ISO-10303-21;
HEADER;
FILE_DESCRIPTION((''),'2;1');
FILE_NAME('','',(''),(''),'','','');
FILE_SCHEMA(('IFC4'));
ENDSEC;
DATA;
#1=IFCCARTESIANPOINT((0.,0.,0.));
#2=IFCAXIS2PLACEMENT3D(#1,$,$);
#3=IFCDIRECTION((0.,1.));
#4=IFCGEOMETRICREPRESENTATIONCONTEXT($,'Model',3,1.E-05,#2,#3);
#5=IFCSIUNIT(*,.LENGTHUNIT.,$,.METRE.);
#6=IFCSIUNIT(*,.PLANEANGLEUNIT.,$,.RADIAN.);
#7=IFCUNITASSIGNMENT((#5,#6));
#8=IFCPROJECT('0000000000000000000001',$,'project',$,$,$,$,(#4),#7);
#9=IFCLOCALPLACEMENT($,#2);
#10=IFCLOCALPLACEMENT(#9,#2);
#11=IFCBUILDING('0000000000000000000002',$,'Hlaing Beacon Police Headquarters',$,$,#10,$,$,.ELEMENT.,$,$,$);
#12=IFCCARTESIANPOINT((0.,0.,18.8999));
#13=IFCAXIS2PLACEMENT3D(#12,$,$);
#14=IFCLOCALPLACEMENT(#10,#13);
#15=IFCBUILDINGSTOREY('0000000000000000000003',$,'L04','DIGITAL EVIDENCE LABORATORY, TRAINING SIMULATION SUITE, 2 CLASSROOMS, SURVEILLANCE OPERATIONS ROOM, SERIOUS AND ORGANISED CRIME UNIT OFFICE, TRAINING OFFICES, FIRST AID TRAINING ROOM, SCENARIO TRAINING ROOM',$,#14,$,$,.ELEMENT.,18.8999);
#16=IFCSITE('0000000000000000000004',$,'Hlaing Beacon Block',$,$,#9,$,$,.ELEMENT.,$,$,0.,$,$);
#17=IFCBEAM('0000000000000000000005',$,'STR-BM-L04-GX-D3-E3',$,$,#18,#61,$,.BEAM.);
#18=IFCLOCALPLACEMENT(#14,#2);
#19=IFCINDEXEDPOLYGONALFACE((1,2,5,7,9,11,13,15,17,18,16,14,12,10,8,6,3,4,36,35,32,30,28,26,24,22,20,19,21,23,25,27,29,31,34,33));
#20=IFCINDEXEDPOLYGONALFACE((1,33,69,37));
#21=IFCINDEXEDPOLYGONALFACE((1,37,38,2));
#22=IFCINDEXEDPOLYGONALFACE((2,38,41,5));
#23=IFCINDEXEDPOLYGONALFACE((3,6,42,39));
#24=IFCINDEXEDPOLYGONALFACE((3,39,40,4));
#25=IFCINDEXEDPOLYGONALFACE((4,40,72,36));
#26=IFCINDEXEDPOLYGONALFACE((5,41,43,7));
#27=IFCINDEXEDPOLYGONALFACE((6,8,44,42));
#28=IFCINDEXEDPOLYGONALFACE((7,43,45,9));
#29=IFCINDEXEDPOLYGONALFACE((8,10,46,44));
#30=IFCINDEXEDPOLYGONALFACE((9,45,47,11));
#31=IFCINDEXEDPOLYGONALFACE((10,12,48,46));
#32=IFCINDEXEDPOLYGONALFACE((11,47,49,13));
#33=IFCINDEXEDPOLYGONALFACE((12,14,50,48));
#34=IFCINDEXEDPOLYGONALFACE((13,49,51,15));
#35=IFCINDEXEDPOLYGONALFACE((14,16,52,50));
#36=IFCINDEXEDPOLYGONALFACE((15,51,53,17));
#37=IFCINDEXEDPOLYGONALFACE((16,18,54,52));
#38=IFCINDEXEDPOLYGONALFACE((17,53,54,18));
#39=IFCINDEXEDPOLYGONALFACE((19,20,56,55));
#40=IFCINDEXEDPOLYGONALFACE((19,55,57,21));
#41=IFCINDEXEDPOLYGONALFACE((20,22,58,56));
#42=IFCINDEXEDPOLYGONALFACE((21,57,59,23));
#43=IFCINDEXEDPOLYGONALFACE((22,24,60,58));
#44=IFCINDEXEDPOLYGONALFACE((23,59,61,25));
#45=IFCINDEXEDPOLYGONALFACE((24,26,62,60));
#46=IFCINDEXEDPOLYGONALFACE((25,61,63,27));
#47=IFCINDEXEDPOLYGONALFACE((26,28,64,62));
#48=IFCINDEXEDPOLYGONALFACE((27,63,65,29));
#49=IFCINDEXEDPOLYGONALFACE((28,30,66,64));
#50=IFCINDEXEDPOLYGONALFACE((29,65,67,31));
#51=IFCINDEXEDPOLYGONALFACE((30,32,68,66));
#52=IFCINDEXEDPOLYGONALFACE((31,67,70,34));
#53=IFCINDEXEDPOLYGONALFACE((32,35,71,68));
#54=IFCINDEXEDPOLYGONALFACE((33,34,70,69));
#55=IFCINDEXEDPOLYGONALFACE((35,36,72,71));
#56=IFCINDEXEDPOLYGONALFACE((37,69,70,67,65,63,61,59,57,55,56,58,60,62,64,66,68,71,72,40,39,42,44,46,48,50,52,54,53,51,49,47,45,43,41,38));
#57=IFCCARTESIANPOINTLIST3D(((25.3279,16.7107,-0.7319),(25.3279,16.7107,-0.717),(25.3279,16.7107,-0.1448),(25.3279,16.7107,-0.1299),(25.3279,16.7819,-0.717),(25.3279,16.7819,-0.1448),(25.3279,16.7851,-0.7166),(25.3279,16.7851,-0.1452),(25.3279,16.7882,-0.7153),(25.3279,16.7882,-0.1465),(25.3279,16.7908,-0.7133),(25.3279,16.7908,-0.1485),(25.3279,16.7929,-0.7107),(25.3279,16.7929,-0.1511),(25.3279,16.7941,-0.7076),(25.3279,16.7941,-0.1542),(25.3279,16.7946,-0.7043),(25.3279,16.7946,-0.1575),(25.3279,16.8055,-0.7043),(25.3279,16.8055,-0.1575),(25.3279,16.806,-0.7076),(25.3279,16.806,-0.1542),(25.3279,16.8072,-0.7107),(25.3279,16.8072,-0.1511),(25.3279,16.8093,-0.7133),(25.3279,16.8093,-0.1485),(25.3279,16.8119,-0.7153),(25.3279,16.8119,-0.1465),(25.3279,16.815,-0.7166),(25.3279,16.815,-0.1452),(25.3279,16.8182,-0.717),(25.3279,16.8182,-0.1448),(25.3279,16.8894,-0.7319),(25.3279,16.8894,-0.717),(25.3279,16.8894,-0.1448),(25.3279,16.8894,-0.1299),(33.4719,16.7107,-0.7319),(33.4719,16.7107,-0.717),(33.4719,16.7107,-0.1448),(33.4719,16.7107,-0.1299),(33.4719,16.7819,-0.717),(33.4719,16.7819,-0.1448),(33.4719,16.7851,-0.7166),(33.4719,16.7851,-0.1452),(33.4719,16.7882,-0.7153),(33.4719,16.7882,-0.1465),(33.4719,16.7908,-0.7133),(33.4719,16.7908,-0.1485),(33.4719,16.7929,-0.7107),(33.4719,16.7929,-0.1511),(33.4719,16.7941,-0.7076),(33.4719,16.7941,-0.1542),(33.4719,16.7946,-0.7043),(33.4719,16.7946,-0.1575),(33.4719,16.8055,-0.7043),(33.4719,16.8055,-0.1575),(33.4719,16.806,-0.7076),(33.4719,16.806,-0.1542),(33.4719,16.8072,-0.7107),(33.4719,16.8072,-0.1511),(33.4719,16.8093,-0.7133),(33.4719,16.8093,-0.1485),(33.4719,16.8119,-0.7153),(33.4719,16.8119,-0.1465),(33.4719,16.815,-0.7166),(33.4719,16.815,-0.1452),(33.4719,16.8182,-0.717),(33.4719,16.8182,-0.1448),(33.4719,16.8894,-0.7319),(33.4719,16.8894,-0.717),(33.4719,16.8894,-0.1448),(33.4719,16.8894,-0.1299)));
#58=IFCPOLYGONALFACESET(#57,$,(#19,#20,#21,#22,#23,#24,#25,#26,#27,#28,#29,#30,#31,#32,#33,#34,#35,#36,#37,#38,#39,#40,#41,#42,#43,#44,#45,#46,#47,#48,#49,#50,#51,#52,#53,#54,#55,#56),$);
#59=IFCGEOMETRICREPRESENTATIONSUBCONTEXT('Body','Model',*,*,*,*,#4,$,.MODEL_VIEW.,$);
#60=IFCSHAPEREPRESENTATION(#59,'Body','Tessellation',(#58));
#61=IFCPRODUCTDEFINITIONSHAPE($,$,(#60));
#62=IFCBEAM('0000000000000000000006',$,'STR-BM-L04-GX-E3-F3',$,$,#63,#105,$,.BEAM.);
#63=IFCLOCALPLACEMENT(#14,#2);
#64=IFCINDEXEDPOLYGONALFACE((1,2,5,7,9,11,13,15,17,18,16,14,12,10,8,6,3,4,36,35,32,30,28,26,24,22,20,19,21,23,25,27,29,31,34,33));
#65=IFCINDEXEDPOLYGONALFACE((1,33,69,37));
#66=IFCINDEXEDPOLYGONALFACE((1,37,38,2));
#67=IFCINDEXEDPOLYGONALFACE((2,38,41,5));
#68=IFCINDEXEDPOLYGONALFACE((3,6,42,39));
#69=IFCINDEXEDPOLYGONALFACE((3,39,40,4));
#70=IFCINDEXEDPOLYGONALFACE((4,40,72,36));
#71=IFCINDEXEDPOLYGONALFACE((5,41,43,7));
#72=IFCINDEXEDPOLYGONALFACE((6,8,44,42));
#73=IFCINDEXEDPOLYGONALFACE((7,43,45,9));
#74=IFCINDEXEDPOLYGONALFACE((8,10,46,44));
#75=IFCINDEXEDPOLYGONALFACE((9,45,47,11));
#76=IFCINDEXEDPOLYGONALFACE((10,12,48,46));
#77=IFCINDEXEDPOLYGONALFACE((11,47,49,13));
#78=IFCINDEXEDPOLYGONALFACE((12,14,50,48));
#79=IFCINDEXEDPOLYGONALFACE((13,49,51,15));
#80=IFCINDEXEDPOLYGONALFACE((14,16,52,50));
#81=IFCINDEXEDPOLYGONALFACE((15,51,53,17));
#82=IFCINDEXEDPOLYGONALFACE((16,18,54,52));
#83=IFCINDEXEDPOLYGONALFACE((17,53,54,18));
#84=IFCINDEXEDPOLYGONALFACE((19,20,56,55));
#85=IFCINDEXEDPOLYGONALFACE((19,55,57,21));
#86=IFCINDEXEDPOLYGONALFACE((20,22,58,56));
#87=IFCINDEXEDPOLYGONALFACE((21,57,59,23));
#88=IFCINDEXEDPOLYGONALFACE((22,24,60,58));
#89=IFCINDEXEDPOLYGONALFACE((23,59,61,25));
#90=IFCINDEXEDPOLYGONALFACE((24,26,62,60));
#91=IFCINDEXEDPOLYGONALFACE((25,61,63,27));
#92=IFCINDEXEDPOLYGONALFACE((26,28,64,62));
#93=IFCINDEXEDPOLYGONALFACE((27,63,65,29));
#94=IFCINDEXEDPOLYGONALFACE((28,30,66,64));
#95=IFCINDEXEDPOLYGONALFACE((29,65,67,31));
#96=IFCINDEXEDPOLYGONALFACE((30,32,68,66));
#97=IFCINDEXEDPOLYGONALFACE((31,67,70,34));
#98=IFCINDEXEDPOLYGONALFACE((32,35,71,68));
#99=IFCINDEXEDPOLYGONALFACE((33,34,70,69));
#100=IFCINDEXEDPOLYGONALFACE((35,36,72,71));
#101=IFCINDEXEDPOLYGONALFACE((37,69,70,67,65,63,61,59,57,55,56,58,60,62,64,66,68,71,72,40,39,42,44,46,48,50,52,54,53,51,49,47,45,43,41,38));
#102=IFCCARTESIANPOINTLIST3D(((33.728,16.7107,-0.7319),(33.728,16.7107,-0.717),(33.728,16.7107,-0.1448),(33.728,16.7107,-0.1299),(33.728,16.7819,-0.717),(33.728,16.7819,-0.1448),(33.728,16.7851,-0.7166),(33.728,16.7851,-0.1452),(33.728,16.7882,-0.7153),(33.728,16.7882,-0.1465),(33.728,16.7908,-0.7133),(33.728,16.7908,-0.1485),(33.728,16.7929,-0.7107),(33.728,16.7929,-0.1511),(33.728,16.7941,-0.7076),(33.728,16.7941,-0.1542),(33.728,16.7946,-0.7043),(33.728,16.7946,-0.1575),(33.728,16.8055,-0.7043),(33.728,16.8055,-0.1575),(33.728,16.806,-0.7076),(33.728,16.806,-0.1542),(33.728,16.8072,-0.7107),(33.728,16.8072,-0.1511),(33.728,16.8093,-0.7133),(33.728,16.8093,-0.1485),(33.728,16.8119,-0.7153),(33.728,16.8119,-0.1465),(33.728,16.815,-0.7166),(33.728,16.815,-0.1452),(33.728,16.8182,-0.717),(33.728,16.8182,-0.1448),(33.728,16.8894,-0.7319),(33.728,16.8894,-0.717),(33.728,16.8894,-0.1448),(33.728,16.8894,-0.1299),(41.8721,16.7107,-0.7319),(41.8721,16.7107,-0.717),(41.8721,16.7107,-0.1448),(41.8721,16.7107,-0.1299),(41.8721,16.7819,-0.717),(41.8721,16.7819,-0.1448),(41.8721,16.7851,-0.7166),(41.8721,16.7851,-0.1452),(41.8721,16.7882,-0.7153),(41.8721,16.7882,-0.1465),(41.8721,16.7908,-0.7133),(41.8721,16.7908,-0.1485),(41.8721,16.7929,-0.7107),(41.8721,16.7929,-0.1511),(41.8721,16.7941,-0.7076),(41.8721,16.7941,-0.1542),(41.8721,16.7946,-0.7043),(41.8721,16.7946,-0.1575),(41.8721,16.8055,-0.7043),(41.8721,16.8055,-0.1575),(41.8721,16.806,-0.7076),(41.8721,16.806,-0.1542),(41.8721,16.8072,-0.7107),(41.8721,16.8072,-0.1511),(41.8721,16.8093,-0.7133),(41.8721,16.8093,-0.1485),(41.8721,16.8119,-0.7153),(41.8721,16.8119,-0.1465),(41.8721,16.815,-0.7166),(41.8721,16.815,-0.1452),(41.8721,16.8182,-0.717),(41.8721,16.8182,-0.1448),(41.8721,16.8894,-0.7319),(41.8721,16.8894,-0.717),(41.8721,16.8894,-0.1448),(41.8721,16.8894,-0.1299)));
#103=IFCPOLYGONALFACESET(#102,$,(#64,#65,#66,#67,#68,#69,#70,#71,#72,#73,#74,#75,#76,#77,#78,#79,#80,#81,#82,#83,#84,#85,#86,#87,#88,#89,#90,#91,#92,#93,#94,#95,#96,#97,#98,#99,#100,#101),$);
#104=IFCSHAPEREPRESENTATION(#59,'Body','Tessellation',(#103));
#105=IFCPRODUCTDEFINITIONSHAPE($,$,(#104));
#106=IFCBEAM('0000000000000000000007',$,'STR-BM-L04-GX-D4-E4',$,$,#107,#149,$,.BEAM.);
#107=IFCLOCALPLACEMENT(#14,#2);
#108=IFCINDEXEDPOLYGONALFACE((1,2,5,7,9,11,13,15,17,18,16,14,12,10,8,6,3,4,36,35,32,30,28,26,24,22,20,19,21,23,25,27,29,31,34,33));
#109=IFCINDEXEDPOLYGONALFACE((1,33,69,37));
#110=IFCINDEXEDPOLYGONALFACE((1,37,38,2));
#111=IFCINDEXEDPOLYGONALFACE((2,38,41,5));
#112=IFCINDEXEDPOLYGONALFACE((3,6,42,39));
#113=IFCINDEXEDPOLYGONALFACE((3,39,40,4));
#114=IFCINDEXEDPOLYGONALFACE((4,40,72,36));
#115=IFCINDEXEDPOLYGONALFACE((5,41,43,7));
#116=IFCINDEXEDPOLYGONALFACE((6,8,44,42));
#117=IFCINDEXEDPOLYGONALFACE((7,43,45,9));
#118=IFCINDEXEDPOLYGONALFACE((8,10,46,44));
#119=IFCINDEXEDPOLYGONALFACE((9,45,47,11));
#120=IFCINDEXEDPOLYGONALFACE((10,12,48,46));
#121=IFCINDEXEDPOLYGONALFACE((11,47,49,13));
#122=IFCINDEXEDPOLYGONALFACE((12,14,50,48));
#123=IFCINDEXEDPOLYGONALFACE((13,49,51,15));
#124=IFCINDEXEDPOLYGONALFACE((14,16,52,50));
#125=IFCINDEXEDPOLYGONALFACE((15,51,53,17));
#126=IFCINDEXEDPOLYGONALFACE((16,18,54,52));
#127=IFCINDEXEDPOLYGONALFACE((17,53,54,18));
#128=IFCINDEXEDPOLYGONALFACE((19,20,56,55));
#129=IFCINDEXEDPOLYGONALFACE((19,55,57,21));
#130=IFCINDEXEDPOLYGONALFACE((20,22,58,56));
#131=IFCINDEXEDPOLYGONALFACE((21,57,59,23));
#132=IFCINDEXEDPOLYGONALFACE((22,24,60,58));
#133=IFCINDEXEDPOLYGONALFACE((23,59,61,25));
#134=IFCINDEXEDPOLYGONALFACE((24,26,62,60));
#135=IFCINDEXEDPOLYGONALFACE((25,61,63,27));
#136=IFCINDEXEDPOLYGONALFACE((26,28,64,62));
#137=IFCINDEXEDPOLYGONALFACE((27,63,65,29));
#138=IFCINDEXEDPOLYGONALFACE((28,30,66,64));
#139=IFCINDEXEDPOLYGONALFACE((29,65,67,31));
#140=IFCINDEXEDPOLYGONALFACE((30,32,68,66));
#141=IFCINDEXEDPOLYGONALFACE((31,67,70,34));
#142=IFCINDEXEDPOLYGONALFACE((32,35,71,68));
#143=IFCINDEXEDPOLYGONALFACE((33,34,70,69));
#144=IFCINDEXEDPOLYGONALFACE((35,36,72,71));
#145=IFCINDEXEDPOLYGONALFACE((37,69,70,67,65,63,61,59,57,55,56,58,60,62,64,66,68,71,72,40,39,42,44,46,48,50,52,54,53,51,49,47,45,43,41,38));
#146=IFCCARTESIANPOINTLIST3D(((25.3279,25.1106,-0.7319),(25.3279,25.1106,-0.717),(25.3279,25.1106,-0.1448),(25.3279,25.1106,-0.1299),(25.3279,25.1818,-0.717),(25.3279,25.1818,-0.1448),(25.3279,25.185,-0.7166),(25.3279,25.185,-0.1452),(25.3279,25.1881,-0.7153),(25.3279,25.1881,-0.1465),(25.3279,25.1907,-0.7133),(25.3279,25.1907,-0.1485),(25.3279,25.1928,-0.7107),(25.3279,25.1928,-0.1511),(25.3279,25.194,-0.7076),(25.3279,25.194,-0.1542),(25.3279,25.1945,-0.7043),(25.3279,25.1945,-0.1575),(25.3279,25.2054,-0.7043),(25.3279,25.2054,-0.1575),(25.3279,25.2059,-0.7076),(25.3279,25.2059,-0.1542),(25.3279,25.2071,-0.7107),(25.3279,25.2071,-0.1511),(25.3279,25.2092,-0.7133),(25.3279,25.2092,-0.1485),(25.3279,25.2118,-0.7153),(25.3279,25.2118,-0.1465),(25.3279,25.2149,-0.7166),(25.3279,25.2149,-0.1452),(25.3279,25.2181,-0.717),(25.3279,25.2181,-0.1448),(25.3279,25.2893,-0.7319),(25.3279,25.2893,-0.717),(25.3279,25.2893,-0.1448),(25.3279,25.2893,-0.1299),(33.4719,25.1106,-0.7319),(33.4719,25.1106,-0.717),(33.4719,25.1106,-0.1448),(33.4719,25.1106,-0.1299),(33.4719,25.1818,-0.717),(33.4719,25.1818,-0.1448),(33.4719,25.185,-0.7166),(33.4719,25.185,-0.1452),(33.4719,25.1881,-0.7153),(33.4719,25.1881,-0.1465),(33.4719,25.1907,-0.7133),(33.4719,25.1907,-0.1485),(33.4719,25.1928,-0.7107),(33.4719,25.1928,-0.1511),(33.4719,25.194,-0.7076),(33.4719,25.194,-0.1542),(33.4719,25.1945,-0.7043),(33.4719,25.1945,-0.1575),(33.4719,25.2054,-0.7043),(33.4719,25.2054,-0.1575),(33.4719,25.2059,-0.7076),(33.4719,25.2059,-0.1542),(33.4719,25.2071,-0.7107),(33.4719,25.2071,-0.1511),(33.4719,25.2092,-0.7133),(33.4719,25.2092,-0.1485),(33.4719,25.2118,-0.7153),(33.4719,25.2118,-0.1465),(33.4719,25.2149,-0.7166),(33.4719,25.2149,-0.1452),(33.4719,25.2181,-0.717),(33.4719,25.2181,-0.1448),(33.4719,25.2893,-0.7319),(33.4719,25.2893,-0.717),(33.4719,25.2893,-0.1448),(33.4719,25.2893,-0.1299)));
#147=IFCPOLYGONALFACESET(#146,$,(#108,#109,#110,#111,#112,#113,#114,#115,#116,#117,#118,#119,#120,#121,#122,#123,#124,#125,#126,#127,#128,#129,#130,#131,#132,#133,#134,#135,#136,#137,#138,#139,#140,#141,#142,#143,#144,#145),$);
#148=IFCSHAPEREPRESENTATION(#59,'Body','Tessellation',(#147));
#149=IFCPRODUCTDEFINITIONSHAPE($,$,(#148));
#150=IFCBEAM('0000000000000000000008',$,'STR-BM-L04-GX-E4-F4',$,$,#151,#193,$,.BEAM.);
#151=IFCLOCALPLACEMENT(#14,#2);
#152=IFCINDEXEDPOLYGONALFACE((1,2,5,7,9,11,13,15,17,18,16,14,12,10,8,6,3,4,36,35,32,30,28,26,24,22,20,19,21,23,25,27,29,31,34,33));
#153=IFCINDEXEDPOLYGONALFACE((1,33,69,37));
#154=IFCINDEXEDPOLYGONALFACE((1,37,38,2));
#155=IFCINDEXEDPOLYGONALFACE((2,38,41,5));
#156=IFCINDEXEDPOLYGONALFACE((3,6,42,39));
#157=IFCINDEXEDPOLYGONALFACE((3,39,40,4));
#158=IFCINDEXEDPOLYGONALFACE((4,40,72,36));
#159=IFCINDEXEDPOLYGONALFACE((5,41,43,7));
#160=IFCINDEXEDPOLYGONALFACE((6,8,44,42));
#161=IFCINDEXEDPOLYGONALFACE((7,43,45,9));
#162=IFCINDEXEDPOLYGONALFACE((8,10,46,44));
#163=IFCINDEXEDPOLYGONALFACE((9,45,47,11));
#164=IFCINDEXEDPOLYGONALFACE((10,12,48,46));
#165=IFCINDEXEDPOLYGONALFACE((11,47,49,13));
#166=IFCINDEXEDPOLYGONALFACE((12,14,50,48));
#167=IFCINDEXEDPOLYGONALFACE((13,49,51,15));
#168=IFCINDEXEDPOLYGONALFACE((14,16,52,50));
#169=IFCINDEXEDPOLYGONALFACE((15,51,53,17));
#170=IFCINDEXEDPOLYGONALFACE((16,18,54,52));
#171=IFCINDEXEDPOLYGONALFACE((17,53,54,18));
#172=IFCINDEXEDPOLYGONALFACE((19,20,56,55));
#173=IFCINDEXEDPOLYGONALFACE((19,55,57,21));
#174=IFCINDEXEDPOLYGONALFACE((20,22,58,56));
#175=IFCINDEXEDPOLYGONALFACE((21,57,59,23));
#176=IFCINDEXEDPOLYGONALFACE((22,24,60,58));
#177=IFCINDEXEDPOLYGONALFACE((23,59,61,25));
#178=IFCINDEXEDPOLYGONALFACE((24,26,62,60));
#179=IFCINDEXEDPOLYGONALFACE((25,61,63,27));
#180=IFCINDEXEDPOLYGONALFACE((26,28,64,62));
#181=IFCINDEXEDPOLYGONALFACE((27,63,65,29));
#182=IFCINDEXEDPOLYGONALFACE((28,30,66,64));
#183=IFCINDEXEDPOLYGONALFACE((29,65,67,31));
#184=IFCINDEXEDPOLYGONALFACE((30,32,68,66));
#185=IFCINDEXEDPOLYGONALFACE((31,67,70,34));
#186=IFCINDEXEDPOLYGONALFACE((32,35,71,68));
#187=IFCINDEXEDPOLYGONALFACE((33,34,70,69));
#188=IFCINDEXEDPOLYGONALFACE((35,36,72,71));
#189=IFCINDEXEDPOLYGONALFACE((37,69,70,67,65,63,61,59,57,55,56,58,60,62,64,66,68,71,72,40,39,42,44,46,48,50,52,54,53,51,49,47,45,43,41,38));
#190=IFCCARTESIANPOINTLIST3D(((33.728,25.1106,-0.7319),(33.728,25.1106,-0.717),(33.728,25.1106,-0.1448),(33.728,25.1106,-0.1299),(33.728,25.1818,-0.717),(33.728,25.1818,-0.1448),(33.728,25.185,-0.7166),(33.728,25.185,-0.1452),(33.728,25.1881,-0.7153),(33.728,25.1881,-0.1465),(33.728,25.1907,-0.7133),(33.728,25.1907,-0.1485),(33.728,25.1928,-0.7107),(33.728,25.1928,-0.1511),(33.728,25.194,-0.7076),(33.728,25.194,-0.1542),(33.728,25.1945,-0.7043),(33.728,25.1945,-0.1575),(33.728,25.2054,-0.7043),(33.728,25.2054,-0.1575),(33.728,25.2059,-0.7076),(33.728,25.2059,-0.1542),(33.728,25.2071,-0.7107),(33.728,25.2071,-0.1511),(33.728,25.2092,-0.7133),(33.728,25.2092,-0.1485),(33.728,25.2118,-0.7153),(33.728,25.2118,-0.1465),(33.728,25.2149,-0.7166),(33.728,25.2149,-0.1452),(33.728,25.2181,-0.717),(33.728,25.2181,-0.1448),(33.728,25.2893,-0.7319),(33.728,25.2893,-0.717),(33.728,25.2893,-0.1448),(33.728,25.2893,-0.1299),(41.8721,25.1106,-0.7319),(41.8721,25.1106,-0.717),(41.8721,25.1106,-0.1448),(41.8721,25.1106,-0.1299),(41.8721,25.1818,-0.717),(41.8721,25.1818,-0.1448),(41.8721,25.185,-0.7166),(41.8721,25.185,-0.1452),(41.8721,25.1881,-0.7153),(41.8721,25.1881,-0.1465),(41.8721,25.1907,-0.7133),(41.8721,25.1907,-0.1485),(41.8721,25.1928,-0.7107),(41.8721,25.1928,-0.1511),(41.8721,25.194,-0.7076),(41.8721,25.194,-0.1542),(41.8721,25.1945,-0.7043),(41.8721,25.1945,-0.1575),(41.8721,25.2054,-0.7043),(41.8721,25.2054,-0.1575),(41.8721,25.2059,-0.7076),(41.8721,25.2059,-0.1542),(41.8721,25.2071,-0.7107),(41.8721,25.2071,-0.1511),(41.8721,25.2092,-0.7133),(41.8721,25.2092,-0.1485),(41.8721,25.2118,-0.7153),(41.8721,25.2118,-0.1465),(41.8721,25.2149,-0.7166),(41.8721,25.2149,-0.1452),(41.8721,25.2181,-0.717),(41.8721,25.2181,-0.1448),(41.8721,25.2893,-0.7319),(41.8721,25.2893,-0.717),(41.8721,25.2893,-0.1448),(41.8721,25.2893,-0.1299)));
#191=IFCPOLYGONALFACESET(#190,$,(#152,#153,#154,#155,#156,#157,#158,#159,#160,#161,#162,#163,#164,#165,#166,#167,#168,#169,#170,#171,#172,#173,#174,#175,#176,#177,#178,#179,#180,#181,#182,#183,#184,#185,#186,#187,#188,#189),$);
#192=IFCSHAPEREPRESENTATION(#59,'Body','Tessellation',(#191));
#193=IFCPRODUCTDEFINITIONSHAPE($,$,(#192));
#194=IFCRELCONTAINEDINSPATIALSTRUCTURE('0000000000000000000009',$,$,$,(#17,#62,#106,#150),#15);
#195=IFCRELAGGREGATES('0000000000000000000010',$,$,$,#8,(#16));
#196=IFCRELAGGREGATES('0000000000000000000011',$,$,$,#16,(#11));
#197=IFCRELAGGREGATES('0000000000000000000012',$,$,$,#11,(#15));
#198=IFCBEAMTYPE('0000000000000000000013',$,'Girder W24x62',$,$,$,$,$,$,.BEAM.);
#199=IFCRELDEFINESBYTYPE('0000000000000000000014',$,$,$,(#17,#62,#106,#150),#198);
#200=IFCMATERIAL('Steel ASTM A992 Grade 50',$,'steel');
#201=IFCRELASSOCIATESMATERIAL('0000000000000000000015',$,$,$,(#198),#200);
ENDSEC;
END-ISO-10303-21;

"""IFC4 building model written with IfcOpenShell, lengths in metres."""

from ifc_helpers import new_model, si_unit, direction, frame, origin, origin_2d, place, context, subcontext, project, spatial, i_section, extrude, material, material_profile, profile_set, type_object, element, save


model = new_model("IFC4")

# Units and contexts
model_context = context("Model", 3, precision=1e-05, world=origin(), true_north=direction((0.0, 1.0)))
body_context = subcontext(model_context, "Body", "Model", "MODEL_VIEW")
ifc_project = project(units=[si_unit("LENGTHUNIT", "METRE"), si_unit("PLANEANGLEUNIT", "RADIAN")], contexts=[model_context])

# Site, building, storey
site_placement = place(None, origin())
site = spatial("IfcSite", under=ifc_project, at=site_placement, Name="Hlaing Beacon Block", CompositionType="ELEMENT", RefElevation=0.0)
building_placement = place(site_placement, origin())
building = spatial("IfcBuilding", under=site, at=building_placement, Name="Hlaing Beacon Police Headquarters", CompositionType="ELEMENT")
storey_placement = place(building_placement, frame((0.0, 0.0, 18.8999)))
storey = spatial("IfcBuildingStorey", under=building, at=storey_placement, Name="L04", Description="DIGITAL EVIDENCE LABORATORY, TRAINING SIMULATION SUITE, 2 CLASSROOMS, SURVEILLANCE OPERATIONS ROOM, SERIOUS AND ORGANISED CRIME UNIT OFFICE, TRAINING OFFICES, FIRST AID TRAINING ROOM, SCENARIO TRAINING ROOM", CompositionType="ELEMENT", Elevation=18.8999)

# Beams
ifc_material_1 = material(Name="Steel ASTM A992 Grade 50", Category="steel")
ifc_material_profile_1 = material_profile(ifc_material_1, i_section(OverallWidth=0.1787, OverallDepth=0.6021, WebThickness=0.011, FlangeThickness=0.0149, FilletRadius=0.0127, at=origin_2d()), Name="W24x62")
ifc_profile_set_1 = profile_set([ifc_material_profile_1], Name="Steel ASTM A992 Grade 50")
beam_type_1 = type_object("IfcBeamType", Name="Girder W24x62", PredefinedType="BEAM", material=ifc_profile_set_1)
for number, where, z_axis, x_axis, name in (
    (1, (25.3279, 16.8, -0.4309), (1.0, 0.0, 0.0), (0.0, 1.0, 0.0), "STR-BM-L04-GX-D3-E3"),
    (2, (33.728, 16.8, -0.4309), (1.0, 0.0, 0.0), (0.0, 1.0, 0.0), "STR-BM-L04-GX-E3-F3"),
    (3, (25.3279, 25.2, -0.4309), (1.0, 0.0, 0.0), (0.0, 1.0, 0.0), "STR-BM-L04-GX-D4-E4"),
    (4, (33.728, 25.2, -0.4309), (1.0, 0.0, 0.0), (0.0, 1.0, 0.0), "STR-BM-L04-GX-E4-F4"),
):
    element("IfcBeam", number, at=place(storey_placement, frame(where, z_axis=z_axis, x_axis=x_axis)), inside=storey, type_object=beam_type_1, Name=name, PredefinedType="BEAM", context=body_context, shape_type="SweptSolid", body=[
        extrude(i_section(OverallWidth=0.1787, OverallDepth=0.6021, WebThickness=0.011, FlangeThickness=0.0149, FilletRadius=0.0127, at=origin_2d()), origin(), (0.0, 0.0, 1.0), 8.144),
    ])

save(model, "model.ifc")
